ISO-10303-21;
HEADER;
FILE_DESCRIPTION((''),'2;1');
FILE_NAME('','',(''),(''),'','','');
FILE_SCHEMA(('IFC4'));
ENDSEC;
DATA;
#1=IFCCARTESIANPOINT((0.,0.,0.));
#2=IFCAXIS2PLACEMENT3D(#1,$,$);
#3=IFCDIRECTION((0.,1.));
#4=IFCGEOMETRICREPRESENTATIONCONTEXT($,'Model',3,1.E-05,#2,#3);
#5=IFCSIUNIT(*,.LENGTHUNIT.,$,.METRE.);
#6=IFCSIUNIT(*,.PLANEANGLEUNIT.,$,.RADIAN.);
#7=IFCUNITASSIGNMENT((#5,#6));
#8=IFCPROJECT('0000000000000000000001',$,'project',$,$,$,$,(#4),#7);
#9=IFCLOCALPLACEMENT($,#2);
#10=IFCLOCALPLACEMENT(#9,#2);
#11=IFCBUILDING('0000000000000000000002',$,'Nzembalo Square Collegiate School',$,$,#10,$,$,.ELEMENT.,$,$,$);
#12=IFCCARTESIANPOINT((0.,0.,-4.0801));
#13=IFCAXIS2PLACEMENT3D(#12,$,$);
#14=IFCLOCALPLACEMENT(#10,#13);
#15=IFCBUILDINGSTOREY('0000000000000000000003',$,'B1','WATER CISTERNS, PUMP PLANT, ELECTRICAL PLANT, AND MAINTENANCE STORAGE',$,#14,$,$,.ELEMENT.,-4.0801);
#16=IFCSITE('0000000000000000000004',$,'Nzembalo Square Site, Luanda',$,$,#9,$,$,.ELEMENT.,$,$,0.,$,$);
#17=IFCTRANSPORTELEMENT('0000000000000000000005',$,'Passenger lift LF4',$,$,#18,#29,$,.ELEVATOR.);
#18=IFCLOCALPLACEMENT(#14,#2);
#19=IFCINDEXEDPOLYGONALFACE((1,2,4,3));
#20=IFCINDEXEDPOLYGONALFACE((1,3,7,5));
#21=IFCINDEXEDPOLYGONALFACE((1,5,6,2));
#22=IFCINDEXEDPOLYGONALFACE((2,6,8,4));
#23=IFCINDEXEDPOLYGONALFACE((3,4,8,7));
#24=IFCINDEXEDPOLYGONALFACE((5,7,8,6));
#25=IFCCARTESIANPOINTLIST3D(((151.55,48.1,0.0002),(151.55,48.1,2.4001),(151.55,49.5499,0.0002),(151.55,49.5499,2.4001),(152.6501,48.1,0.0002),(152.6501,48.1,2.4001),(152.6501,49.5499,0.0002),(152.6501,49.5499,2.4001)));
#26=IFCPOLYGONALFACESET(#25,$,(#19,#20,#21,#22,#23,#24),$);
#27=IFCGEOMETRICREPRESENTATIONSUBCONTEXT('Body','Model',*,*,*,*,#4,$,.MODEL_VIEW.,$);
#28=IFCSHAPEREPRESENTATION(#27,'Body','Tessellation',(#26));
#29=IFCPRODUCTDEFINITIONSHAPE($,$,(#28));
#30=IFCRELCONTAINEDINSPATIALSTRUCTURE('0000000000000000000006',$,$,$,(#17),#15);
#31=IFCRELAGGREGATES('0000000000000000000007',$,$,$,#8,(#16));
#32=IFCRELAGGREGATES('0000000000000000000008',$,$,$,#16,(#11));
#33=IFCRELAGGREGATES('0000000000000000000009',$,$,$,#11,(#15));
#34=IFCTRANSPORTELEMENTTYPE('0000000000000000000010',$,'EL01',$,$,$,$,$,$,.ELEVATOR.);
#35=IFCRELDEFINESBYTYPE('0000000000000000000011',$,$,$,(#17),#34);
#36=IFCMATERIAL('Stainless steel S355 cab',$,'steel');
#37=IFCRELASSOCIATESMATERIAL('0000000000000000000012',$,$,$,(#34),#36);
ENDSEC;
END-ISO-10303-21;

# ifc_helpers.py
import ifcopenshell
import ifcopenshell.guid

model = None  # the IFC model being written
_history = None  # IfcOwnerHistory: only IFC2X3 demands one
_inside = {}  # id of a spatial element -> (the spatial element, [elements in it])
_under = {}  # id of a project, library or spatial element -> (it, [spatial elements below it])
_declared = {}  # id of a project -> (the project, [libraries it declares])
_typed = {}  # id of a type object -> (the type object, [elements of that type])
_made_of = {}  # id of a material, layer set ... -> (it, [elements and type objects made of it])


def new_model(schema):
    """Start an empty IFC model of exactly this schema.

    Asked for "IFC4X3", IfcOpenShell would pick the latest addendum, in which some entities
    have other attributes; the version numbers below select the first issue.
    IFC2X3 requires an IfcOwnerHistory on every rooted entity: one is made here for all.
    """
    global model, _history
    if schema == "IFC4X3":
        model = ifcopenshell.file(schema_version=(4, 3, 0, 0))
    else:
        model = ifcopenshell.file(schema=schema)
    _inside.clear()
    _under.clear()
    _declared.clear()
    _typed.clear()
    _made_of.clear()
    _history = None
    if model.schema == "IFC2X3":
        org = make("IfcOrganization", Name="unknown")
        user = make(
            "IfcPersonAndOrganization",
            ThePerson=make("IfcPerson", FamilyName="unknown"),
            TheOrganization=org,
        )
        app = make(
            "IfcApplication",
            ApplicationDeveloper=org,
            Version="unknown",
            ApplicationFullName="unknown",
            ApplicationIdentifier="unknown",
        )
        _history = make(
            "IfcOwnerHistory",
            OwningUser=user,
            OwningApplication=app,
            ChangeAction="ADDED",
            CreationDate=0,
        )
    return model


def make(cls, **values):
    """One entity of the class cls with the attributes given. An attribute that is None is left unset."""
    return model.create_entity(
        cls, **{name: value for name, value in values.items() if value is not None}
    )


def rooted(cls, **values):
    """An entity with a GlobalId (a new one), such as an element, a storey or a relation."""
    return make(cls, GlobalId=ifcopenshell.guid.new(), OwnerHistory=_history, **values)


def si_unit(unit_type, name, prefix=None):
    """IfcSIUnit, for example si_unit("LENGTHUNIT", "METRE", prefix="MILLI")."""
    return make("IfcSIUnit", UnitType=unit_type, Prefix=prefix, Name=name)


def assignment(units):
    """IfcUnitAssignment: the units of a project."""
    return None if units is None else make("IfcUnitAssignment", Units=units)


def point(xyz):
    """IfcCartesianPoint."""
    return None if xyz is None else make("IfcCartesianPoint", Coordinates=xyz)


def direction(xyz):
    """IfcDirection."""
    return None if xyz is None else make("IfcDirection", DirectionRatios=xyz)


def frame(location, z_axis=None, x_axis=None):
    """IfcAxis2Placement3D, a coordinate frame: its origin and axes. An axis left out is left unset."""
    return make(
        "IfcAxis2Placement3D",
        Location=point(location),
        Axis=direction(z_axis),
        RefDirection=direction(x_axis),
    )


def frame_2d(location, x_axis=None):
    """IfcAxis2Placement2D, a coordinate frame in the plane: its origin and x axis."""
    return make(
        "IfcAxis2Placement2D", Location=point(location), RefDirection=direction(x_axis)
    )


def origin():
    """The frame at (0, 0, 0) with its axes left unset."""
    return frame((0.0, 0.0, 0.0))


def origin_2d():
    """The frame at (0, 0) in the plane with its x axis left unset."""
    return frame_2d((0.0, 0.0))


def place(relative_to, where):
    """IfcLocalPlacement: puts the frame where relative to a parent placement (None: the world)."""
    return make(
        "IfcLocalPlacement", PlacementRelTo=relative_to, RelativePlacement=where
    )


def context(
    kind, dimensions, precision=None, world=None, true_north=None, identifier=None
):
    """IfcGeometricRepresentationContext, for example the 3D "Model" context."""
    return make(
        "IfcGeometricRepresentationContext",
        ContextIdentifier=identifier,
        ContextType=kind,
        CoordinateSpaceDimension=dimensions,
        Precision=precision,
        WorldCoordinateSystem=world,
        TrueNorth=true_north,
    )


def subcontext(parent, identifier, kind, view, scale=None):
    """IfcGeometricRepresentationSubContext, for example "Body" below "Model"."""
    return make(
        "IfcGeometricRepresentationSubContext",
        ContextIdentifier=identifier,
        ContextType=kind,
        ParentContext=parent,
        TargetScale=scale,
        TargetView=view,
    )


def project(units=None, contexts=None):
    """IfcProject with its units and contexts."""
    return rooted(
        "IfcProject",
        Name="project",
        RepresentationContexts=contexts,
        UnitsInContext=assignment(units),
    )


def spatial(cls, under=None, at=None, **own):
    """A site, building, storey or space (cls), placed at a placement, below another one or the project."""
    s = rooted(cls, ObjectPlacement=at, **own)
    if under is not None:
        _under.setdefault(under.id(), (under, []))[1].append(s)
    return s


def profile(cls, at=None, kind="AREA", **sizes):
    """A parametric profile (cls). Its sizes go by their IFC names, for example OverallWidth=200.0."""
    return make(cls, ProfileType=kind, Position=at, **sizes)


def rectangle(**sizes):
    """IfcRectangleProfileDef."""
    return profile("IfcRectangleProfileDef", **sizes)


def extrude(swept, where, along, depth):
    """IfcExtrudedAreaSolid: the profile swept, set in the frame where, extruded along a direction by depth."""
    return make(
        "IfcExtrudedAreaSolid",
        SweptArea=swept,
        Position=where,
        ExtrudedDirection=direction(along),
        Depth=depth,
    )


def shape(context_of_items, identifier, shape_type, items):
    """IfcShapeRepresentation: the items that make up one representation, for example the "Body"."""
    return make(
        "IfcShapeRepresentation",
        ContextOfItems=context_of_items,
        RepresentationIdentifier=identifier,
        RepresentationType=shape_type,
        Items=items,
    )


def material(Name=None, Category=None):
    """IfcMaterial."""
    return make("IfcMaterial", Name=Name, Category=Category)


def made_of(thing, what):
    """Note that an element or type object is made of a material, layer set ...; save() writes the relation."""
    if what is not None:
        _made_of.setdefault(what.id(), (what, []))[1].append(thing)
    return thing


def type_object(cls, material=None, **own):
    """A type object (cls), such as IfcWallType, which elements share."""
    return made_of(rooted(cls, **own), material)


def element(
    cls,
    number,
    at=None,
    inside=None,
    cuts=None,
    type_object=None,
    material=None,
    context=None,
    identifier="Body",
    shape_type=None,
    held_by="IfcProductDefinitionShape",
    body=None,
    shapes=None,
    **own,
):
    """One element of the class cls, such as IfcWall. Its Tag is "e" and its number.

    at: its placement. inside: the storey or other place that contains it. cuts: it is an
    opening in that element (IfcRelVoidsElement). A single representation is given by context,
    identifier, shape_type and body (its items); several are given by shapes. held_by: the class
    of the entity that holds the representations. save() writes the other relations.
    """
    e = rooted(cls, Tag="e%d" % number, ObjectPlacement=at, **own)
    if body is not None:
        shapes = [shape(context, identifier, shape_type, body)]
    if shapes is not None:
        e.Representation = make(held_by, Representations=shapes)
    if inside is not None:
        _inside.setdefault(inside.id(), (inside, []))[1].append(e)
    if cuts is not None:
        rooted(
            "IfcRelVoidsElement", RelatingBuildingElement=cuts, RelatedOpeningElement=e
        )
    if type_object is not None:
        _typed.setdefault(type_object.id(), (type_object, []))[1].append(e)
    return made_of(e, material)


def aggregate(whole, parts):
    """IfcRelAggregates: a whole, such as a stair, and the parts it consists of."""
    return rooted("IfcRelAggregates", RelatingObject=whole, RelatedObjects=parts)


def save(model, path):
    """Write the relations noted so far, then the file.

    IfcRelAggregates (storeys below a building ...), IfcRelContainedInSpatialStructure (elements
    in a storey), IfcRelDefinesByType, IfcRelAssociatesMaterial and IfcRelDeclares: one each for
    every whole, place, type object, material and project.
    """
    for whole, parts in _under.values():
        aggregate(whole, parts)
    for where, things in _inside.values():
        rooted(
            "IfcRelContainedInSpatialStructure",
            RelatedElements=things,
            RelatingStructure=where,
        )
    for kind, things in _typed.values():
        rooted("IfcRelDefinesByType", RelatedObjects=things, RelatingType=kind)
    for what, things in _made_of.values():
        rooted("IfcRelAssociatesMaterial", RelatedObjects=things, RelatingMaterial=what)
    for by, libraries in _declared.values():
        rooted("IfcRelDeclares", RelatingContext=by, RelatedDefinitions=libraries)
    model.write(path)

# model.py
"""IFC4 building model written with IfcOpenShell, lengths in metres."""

from ifc_helpers import new_model, si_unit, direction, frame, origin, origin_2d, place, context, subcontext, project, spatial, rectangle, extrude, material, type_object, element, save


model = new_model("IFC4")

# Units and contexts
model_context = context("Model", 3, precision=1e-05, world=origin(), true_north=direction((0.0, 1.0)))
body_context = subcontext(model_context, "Body", "Model", "MODEL_VIEW")
ifc_project = project(units=[si_unit("LENGTHUNIT", "METRE"), si_unit("PLANEANGLEUNIT", "RADIAN")], contexts=[model_context])

# Site, building, storey
site_placement = place(None, origin())
site = spatial("IfcSite", under=ifc_project, at=site_placement, Name="Nzembalo Square Site, Luanda", CompositionType="ELEMENT", RefElevation=0.0)
building_placement = place(site_placement, origin())
building = spatial("IfcBuilding", under=site, at=building_placement, Name="Nzembalo Square Collegiate School", CompositionType="ELEMENT")
storey_placement = place(building_placement, frame((0.0, 0.0, -4.0801)))
storey = spatial("IfcBuildingStorey", under=building, at=storey_placement, Name="B1", Description="WATER CISTERNS, PUMP PLANT, ELECTRICAL PLANT, AND MAINTENANCE STORAGE", CompositionType="ELEMENT", Elevation=-4.0801)

# Transport element
ifc_material_1 = material(Name="Stainless steel S355 cab", Category="steel")
transport_element_type = type_object("IfcTransportElementType", Name="EL01", PredefinedType="ELEVATOR", material=ifc_material_1)
transport_element_placement = place(storey_placement, frame((152.1001, 48.825, 0.0002), z_axis=(0.0, 0.0, 1.0), x_axis=(1.0, 0.0, 0.0)))
element("IfcTransportElement", 1, at=transport_element_placement, inside=storey, type_object=transport_element_type, Name="Passenger lift LF4", PredefinedType="ELEVATOR", context=body_context, shape_type="SweptSolid", body=[
    extrude(rectangle(XDim=1.1001, YDim=1.45, at=origin_2d()), origin(), (0.0, 0.0, 1.0), 2.3999),
])

save(model, "model.ifc")
